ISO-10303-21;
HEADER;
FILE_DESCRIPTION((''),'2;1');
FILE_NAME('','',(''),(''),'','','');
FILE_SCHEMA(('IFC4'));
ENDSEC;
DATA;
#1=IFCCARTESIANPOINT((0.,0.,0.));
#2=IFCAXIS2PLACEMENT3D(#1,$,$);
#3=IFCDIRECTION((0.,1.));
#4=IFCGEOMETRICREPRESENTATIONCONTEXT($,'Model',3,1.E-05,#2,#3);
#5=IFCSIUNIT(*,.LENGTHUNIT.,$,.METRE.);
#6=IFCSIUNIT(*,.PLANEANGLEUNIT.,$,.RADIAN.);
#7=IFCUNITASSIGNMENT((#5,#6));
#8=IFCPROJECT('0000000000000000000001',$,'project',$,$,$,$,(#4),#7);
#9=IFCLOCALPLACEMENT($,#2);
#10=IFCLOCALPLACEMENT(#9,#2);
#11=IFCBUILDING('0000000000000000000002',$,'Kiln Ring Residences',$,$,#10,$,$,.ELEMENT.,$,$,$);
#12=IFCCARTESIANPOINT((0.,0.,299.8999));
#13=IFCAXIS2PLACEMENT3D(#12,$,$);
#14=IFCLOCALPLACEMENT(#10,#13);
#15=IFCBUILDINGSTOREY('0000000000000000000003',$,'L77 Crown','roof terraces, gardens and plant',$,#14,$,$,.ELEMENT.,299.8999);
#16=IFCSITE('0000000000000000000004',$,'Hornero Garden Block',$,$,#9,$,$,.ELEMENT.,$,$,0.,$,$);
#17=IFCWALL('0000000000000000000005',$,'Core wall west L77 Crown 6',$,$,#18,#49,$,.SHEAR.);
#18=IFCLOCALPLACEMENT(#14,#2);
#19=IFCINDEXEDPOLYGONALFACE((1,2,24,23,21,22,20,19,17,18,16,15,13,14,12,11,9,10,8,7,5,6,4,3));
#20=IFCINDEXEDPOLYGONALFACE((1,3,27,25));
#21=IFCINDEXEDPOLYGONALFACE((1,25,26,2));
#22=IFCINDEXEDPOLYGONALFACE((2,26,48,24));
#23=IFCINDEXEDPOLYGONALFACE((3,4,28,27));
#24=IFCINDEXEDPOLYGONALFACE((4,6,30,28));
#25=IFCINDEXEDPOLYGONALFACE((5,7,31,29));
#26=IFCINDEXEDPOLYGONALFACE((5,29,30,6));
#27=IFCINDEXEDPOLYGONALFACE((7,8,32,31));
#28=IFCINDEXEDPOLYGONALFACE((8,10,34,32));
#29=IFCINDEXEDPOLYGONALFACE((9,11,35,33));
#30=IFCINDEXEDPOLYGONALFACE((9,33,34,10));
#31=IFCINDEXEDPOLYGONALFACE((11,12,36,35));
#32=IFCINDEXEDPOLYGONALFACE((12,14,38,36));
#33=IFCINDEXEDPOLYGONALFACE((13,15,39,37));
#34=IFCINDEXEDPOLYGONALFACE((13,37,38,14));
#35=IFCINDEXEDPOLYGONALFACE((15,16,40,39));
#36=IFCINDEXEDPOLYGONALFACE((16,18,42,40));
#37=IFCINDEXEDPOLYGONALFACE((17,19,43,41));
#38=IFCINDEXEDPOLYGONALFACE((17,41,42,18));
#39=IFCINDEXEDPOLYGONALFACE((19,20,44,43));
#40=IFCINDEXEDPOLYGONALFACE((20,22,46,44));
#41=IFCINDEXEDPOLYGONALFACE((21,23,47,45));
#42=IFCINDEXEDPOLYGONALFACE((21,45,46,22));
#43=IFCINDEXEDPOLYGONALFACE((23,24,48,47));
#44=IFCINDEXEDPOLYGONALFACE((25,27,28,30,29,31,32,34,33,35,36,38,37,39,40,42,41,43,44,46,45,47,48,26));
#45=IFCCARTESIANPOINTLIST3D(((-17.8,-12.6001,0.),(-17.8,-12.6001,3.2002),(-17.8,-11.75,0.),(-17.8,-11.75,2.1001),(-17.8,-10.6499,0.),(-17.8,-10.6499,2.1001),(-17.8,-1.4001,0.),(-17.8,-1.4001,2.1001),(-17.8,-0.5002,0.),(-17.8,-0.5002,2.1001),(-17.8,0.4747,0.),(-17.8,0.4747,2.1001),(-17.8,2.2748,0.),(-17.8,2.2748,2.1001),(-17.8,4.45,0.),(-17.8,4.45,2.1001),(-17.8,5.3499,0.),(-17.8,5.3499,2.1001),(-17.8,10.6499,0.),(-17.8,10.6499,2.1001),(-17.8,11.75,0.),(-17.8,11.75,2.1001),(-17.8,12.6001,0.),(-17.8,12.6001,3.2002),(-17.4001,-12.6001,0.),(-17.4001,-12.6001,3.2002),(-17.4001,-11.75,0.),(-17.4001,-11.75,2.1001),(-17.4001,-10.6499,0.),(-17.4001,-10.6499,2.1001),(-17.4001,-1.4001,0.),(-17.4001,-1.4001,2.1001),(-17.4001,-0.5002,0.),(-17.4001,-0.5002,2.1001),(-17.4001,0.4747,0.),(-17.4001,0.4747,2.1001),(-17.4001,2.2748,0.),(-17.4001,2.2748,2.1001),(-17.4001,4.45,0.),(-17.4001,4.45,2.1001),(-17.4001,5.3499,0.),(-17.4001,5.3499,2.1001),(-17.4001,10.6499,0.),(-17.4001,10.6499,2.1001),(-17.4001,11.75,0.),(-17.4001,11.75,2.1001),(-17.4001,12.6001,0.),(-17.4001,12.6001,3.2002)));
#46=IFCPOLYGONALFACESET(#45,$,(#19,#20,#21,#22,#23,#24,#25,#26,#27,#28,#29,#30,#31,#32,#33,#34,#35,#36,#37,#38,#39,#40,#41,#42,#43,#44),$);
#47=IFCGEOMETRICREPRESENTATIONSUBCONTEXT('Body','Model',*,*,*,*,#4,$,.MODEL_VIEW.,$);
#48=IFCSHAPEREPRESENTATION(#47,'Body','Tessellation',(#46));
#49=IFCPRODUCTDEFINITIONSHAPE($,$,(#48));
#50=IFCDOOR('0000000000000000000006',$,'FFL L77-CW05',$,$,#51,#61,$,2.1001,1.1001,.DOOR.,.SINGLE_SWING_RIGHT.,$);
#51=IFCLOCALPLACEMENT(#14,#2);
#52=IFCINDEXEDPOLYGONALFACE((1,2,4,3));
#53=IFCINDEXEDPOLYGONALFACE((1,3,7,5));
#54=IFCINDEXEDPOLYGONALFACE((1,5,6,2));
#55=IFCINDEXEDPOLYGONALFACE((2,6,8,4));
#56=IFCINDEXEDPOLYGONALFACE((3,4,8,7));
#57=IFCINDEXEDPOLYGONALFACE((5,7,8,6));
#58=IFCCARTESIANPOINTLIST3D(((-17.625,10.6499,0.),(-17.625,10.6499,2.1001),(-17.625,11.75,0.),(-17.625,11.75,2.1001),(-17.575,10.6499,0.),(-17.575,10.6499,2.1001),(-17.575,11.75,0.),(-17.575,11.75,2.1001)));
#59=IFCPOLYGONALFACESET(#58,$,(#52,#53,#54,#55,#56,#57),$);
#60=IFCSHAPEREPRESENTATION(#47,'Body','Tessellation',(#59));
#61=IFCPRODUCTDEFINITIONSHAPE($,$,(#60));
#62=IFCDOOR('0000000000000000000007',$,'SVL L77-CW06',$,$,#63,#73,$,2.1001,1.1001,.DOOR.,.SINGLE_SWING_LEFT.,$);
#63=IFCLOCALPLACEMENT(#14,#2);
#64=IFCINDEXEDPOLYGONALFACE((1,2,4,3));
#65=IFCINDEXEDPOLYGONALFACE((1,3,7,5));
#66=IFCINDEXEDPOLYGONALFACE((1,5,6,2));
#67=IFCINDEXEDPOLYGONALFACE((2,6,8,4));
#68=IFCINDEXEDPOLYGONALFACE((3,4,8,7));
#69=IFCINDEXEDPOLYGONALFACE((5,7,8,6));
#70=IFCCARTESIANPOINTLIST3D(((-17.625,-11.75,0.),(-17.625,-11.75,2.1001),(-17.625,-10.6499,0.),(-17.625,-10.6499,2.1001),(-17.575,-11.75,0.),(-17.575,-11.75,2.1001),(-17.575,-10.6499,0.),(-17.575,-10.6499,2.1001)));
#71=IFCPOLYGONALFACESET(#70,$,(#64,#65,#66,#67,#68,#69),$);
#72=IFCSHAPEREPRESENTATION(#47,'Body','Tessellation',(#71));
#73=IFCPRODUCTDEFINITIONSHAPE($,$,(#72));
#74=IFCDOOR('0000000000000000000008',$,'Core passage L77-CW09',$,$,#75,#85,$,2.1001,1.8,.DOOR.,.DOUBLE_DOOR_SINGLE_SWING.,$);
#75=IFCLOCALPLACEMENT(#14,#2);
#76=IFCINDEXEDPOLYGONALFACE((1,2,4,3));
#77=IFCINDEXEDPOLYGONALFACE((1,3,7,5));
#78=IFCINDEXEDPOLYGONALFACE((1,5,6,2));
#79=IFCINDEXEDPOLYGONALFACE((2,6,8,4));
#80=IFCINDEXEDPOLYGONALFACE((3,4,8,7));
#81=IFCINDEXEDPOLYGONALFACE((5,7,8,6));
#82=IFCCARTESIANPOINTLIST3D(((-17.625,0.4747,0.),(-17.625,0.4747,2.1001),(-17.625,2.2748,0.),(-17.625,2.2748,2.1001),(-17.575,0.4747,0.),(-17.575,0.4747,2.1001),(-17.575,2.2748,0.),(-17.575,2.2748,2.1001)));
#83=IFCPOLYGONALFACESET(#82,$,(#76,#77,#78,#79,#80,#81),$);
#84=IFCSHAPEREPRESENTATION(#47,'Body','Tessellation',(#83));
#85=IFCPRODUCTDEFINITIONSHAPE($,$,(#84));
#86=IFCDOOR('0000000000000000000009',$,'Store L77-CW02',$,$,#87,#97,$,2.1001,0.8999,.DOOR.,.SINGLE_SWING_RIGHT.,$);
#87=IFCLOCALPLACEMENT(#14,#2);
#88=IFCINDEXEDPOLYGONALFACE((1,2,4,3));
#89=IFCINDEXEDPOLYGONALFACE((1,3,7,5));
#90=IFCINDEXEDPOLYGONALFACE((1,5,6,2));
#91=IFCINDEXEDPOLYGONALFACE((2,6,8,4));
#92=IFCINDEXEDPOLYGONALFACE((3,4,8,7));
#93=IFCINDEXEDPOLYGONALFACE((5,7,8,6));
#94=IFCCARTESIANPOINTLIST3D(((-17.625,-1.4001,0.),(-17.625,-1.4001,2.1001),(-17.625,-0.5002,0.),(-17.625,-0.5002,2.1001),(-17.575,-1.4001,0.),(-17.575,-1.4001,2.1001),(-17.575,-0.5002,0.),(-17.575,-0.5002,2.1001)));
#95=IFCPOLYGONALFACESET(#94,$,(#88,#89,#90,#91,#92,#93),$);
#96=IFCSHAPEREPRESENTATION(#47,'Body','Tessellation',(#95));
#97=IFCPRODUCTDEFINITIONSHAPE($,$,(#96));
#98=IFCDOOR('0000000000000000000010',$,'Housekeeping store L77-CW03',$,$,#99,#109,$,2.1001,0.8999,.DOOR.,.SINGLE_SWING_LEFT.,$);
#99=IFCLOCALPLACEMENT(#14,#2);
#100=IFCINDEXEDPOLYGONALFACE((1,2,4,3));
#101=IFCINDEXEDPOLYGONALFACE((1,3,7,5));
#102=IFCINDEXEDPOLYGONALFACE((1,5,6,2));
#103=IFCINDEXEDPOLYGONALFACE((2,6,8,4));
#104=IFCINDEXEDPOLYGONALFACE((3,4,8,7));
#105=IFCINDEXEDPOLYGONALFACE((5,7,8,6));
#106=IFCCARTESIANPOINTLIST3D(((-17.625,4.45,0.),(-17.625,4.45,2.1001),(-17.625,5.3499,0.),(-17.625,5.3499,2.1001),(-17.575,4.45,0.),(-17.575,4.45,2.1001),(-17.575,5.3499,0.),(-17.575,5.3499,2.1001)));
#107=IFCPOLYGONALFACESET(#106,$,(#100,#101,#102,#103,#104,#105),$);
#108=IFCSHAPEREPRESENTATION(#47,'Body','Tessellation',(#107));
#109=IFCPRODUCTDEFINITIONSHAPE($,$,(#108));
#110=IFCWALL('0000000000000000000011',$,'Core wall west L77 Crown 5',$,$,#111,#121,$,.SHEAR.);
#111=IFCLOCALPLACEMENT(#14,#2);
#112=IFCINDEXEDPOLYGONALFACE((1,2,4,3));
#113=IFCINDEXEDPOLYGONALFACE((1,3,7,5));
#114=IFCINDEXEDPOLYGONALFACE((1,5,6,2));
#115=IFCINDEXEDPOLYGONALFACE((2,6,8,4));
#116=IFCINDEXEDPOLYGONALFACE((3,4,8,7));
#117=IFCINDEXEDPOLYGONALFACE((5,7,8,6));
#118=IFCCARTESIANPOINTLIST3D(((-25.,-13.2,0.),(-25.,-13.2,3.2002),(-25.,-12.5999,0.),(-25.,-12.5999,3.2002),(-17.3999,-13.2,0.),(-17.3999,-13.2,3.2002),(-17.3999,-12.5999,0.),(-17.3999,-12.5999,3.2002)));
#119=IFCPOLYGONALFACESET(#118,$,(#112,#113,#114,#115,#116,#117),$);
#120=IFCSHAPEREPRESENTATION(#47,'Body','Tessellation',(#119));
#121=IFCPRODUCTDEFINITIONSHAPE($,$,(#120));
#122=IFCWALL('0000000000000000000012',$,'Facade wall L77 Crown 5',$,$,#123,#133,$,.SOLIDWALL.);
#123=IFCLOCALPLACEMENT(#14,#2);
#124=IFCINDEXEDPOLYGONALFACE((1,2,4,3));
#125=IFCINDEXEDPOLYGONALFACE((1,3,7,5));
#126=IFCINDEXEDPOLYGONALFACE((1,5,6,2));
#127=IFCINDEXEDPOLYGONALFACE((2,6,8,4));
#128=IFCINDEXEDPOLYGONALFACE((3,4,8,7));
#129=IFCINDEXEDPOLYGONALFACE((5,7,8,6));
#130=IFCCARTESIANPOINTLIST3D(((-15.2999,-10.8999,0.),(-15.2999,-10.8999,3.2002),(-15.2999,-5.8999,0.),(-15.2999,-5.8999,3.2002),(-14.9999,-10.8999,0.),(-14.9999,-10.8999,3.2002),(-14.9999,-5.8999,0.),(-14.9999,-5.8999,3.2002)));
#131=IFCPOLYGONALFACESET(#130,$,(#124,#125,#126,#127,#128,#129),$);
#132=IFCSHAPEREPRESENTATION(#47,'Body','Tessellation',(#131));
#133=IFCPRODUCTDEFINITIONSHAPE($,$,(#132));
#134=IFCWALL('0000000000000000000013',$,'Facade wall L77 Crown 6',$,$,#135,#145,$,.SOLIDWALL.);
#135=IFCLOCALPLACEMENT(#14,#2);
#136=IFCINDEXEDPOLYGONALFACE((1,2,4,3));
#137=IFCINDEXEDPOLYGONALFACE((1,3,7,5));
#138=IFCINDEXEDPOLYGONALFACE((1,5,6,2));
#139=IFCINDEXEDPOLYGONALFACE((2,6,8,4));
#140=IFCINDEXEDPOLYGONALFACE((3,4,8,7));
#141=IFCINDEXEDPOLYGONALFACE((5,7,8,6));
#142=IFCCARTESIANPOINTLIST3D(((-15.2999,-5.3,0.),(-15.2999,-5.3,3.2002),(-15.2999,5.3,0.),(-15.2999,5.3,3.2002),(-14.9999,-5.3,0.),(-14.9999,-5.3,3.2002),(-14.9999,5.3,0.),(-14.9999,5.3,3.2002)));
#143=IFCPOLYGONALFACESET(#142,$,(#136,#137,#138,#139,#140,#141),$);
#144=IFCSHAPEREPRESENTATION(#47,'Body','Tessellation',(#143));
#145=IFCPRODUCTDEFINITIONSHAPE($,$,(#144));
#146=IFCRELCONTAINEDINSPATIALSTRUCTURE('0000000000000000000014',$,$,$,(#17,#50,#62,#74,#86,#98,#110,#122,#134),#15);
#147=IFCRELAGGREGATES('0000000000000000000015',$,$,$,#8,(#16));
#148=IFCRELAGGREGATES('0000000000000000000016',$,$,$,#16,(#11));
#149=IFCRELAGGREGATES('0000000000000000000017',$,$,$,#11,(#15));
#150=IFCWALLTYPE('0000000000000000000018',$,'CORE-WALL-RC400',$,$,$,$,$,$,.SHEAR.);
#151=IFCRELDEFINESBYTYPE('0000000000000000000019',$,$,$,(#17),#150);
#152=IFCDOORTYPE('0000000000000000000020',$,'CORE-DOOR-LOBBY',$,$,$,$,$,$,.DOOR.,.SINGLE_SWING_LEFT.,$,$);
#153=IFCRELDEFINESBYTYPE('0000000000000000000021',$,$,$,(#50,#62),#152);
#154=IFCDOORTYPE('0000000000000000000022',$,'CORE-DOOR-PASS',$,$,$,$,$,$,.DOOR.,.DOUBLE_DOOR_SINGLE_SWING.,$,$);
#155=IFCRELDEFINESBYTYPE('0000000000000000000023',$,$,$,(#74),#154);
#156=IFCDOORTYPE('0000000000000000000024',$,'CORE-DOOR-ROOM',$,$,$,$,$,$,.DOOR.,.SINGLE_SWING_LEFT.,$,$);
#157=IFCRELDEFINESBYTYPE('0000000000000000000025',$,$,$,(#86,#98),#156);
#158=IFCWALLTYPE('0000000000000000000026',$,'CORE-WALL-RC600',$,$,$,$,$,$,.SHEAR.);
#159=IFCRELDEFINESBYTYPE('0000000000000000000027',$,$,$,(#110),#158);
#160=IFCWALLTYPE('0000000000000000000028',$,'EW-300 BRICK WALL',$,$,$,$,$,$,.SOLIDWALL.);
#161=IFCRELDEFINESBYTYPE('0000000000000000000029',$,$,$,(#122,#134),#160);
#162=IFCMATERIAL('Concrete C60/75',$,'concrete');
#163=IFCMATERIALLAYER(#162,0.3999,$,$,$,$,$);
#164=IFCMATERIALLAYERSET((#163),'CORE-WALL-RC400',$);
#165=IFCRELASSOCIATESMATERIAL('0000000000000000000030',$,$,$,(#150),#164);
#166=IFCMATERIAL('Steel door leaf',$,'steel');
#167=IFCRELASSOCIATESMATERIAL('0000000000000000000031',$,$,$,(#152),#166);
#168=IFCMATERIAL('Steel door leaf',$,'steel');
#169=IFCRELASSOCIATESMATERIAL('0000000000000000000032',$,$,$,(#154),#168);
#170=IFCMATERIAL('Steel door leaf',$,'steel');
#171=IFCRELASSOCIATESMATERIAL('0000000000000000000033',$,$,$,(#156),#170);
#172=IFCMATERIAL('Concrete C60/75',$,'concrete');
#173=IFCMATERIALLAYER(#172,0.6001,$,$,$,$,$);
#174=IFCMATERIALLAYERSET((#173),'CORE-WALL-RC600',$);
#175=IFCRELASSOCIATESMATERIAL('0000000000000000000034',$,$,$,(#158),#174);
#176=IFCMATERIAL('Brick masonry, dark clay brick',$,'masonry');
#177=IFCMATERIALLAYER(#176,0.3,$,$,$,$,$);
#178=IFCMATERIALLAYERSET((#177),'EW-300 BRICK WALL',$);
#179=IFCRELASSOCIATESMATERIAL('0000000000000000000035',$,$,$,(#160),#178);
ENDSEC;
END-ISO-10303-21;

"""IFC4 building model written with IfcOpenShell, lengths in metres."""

from ifc_helpers import new_model, si_unit, direction, frame, frame_2d, origin, place, context, subcontext, project, spatial, rectangle, extrude, material, layer, layer_set, type_object, element, fill, save


model = new_model("IFC4")

# Units and contexts
model_context = context("Model", 3, precision=1e-05, world=origin(), true_north=direction((0.0, 1.0)))
body_context = subcontext(model_context, "Body", "Model", "MODEL_VIEW")
ifc_project = project(units=[si_unit("LENGTHUNIT", "METRE"), si_unit("PLANEANGLEUNIT", "RADIAN")], contexts=[model_context])

# Site, building, storey
site_placement = place(None, origin())
site = spatial("IfcSite", under=ifc_project, at=site_placement, Name="Hornero Garden Block", CompositionType="ELEMENT", RefElevation=0.0)
building_placement = place(site_placement, origin())
building = spatial("IfcBuilding", under=site, at=building_placement, Name="Kiln Ring Residences", CompositionType="ELEMENT")
storey_placement = place(building_placement, frame((0.0, 0.0, 299.8999)))
storey = spatial("IfcBuildingStorey", under=building, at=storey_placement, Name="L77 Crown", Description="roof terraces, gardens and plant", CompositionType="ELEMENT", Elevation=299.8999)

# Wall, openings, doors
ifc_material_1 = material(Name="Concrete C60/75", Category="concrete")
ifc_layer_1 = layer(ifc_material_1, 0.3999)
ifc_layer_set_1 = layer_set([ifc_layer_1], Name="CORE-WALL-RC400")
wall_type_1 = type_object("IfcWallType", Name="CORE-WALL-RC400", PredefinedType="SHEAR", material=ifc_layer_set_1)
wall_1_placement = place(storey_placement, frame((-17.6001, -12.6001, 0.0), z_axis=(0.0, 0.0, 1.0), x_axis=(0.0, 1.0, 0.0)))
wall_1 = element("IfcWall", 1, at=wall_1_placement, inside=storey, type_object=wall_type_1, Name="Core wall west L77 Crown 6", PredefinedType="SHEAR", context=body_context, shape_type="SweptSolid", body=[
    extrude(rectangle(XDim=25.2002, YDim=0.3999, at=frame_2d((12.6001, 0.0))), origin(), (0.0, 0.0, 1.0), 3.2002),
])
opening_1_placement = place(wall_1_placement, frame((11.2, 0.0, 0.0)))
opening_1 = element("IfcOpeningElement", 2, at=opening_1_placement, cuts=wall_1, PredefinedType="OPENING", context=body_context, shape_type="SweptSolid", body=[
    extrude(rectangle(XDim=0.8999, YDim=2.1001, at=frame_2d((0.45, 1.05))), frame((0.0, 0.21, 0.0), z_axis=(0.0, -1.0, 0.0), x_axis=(1.0, 0.0, 0.0)), (0.0, 0.0, 1.0), 0.4199),
])
opening_2_placement = place(wall_1_placement, frame((17.05, 0.0, 0.0)))
opening_2 = element("IfcOpeningElement", 3, at=opening_2_placement, cuts=wall_1, PredefinedType="OPENING", context=body_context, shape_type="SweptSolid", body=[
    extrude(rectangle(XDim=0.8999, YDim=2.1001, at=frame_2d((0.45, 1.05))), frame((0.0, 0.21, 0.0), z_axis=(0.0, -1.0, 0.0), x_axis=(1.0, 0.0, 0.0)), (0.0, 0.0, 1.0), 0.4199),
])
opening_3_placement = place(wall_1_placement, frame((23.25, 0.0, 0.0)))
opening_3 = element("IfcOpeningElement", 4, at=opening_3_placement, cuts=wall_1, PredefinedType="OPENING", context=body_context, shape_type="SweptSolid", body=[
    extrude(rectangle(XDim=1.1001, YDim=2.1001, at=frame_2d((0.55, 1.05))), frame((0.0, 0.21, 0.0), z_axis=(0.0, -1.0, 0.0), x_axis=(1.0, 0.0, 0.0)), (0.0, 0.0, 1.0), 0.4199),
])
opening_4_placement = place(wall_1_placement, frame((0.8501, 0.0, 0.0)))
opening_4 = element("IfcOpeningElement", 5, at=opening_4_placement, cuts=wall_1, PredefinedType="OPENING", context=body_context, shape_type="SweptSolid", body=[
    extrude(rectangle(XDim=1.1001, YDim=2.1001, at=frame_2d((0.55, 1.05))), frame((0.0, 0.21, 0.0), z_axis=(0.0, -1.0, 0.0), x_axis=(1.0, 0.0, 0.0)), (0.0, 0.0, 1.0), 0.4199),
])
opening_5_placement = place(wall_1_placement, frame((13.075, 0.0, 0.0)))
opening_5 = element("IfcOpeningElement", 6, at=opening_5_placement, cuts=wall_1, PredefinedType="OPENING", context=body_context, shape_type="SweptSolid", body=[
    extrude(rectangle(XDim=1.8, YDim=2.1001, at=frame_2d((0.8999, 1.05))), frame((0.0, 0.21, 0.0), z_axis=(0.0, -1.0, 0.0), x_axis=(1.0, 0.0, 0.0)), (0.0, 0.0, 1.0), 0.4199),
])
ifc_material_2 = material(Name="Steel door leaf", Category="steel")
door_type_1 = type_object("IfcDoorType", Name="CORE-DOOR-LOBBY", OperationType="SINGLE_SWING_LEFT", PredefinedType="DOOR", material=ifc_material_2)
door_1_placement = place(opening_3_placement, origin())
door_1 = element("IfcDoor", 7, at=door_1_placement, inside=storey, type_object=door_type_1, Name="FFL L77-CW05", OperationType="SINGLE_SWING_RIGHT", OverallHeight=2.1001, OverallWidth=1.1001, PredefinedType="DOOR", context=body_context, shape_type="SweptSolid", body=[
    extrude(rectangle(XDim=1.1001, YDim=2.1001, at=frame_2d((0.55, 1.05))), frame((0.0, 0.0249, 0.0), z_axis=(0.0, -1.0, 0.0), x_axis=(1.0, 0.0, 0.0)), (0.0, 0.0, 1.0), 0.05),
])
fill(opening_3, door_1)
door_2_placement = place(opening_4_placement, origin())
door_2 = element("IfcDoor", 8, at=door_2_placement, inside=storey, type_object=door_type_1, Name="SVL L77-CW06", OperationType="SINGLE_SWING_LEFT", OverallHeight=2.1001, OverallWidth=1.1001, PredefinedType="DOOR", context=body_context, shape_type="SweptSolid", body=[
    extrude(rectangle(XDim=1.1001, YDim=2.1001, at=frame_2d((0.55, 1.05))), frame((0.0, 0.0249, 0.0), z_axis=(0.0, -1.0, 0.0), x_axis=(1.0, 0.0, 0.0)), (0.0, 0.0, 1.0), 0.05),
])
fill(opening_4, door_2)
ifc_material_3 = material(Name="Steel door leaf", Category="steel")
door_type_2 = type_object("IfcDoorType", Name="CORE-DOOR-PASS", OperationType="DOUBLE_DOOR_SINGLE_SWING", PredefinedType="DOOR", material=ifc_material_3)
door_3_placement = place(opening_5_placement, origin())
door_3 = element("IfcDoor", 9, at=door_3_placement, inside=storey, type_object=door_type_2, Name="Core passage L77-CW09", OperationType="DOUBLE_DOOR_SINGLE_SWING", OverallHeight=2.1001, OverallWidth=1.8, PredefinedType="DOOR", context=body_context, shape_type="SweptSolid", body=[
    extrude(rectangle(XDim=1.8, YDim=2.1001, at=frame_2d((0.8999, 1.05))), frame((0.0, 0.0249, 0.0), z_axis=(0.0, -1.0, 0.0), x_axis=(1.0, 0.0, 0.0)), (0.0, 0.0, 1.0), 0.05),
])
fill(opening_5, door_3)
ifc_material_4 = material(Name="Steel door leaf", Category="steel")
door_type_3 = type_object("IfcDoorType", Name="CORE-DOOR-ROOM", OperationType="SINGLE_SWING_LEFT", PredefinedType="DOOR", material=ifc_material_4)
door_4_placement = place(opening_1_placement, origin())
door_4 = element("IfcDoor", 10, at=door_4_placement, inside=storey, type_object=door_type_3, Name="Store L77-CW02", OperationType="SINGLE_SWING_RIGHT", OverallHeight=2.1001, OverallWidth=0.8999, PredefinedType="DOOR", context=body_context, shape_type="SweptSolid", body=[
    extrude(rectangle(XDim=0.8999, YDim=2.1001, at=frame_2d((0.45, 1.05))), frame((0.0, 0.0249, 0.0), z_axis=(0.0, -1.0, 0.0), x_axis=(1.0, 0.0, 0.0)), (0.0, 0.0, 1.0), 0.05),
])
fill(opening_1, door_4)
door_5_placement = place(opening_2_placement, origin())
door_5 = element("IfcDoor", 11, at=door_5_placement, inside=storey, type_object=door_type_3, Name="Housekeeping store L77-CW03", OperationType="SINGLE_SWING_LEFT", OverallHeight=2.1001, OverallWidth=0.8999, PredefinedType="DOOR", context=body_context, shape_type="SweptSolid", body=[
    extrude(rectangle(XDim=0.8999, YDim=2.1001, at=frame_2d((0.45, 1.05))), frame((0.0, 0.0249, 0.0), z_axis=(0.0, -1.0, 0.0), x_axis=(1.0, 0.0, 0.0)), (0.0, 0.0, 1.0), 0.05),
])
fill(opening_2, door_5)

# Walls
ifc_material_5 = material(Name="Concrete C60/75", Category="concrete")
ifc_layer_2 = layer(ifc_material_5, 0.6001)
ifc_layer_set_2 = layer_set([ifc_layer_2], Name="CORE-WALL-RC600")
wall_type_2 = type_object("IfcWallType", Name="CORE-WALL-RC600", PredefinedType="SHEAR", material=ifc_layer_set_2)
wall_2_placement = place(storey_placement, frame((-17.3999, -12.8999, 0.0), z_axis=(0.0, 0.0, 1.0), x_axis=(-1.0, 0.0, 0.0)))
element("IfcWall", 12, at=wall_2_placement, inside=storey, type_object=wall_type_2, Name="Core wall west L77 Crown 5", PredefinedType="SHEAR", context=body_context, shape_type="SweptSolid", body=[
    extrude(rectangle(XDim=7.6001, YDim=0.6001, at=frame_2d((3.8, 0.0))), origin(), (0.0, 0.0, 1.0), 3.2002),
])
ifc_material_6 = material(Name="Brick masonry, dark clay brick", Category="masonry")
ifc_layer_3 = layer(ifc_material_6, 0.3)
ifc_layer_set_3 = layer_set([ifc_layer_3], Name="EW-300 BRICK WALL")
wall_type_3 = type_object("IfcWallType", Name="EW-300 BRICK WALL", PredefinedType="SOLIDWALL", material=ifc_layer_set_3)
wall_3_placement = place(storey_placement, frame((-15.1499, -10.8999, 0.0), z_axis=(0.0, 0.0, 1.0), x_axis=(0.0, 1.0, 0.0)))
element("IfcWall", 13, at=wall_3_placement, inside=storey, type_object=wall_type_3, Name="Facade wall L77 Crown 5", PredefinedType="SOLIDWALL", context=body_context, shape_type="SweptSolid", body=[
    extrude(rectangle(XDim=5.0, YDim=0.3, at=frame_2d((2.5, 0.0))), origin(), (0.0, 0.0, 1.0), 3.2002),
])
wall_4_placement = place(storey_placement, frame((-15.1499, -5.3, 0.0), z_axis=(0.0, 0.0, 1.0), x_axis=(0.0, 1.0, 0.0)))
element("IfcWall", 14, at=wall_4_placement, inside=storey, type_object=wall_type_3, Name="Facade wall L77 Crown 6", PredefinedType="SOLIDWALL", context=body_context, shape_type="SweptSolid", body=[
    extrude(rectangle(XDim=10.6001, YDim=0.3, at=frame_2d((5.3, 0.0))), origin(), (0.0, 0.0, 1.0), 3.2002),
])

save(model, "model.ifc")
